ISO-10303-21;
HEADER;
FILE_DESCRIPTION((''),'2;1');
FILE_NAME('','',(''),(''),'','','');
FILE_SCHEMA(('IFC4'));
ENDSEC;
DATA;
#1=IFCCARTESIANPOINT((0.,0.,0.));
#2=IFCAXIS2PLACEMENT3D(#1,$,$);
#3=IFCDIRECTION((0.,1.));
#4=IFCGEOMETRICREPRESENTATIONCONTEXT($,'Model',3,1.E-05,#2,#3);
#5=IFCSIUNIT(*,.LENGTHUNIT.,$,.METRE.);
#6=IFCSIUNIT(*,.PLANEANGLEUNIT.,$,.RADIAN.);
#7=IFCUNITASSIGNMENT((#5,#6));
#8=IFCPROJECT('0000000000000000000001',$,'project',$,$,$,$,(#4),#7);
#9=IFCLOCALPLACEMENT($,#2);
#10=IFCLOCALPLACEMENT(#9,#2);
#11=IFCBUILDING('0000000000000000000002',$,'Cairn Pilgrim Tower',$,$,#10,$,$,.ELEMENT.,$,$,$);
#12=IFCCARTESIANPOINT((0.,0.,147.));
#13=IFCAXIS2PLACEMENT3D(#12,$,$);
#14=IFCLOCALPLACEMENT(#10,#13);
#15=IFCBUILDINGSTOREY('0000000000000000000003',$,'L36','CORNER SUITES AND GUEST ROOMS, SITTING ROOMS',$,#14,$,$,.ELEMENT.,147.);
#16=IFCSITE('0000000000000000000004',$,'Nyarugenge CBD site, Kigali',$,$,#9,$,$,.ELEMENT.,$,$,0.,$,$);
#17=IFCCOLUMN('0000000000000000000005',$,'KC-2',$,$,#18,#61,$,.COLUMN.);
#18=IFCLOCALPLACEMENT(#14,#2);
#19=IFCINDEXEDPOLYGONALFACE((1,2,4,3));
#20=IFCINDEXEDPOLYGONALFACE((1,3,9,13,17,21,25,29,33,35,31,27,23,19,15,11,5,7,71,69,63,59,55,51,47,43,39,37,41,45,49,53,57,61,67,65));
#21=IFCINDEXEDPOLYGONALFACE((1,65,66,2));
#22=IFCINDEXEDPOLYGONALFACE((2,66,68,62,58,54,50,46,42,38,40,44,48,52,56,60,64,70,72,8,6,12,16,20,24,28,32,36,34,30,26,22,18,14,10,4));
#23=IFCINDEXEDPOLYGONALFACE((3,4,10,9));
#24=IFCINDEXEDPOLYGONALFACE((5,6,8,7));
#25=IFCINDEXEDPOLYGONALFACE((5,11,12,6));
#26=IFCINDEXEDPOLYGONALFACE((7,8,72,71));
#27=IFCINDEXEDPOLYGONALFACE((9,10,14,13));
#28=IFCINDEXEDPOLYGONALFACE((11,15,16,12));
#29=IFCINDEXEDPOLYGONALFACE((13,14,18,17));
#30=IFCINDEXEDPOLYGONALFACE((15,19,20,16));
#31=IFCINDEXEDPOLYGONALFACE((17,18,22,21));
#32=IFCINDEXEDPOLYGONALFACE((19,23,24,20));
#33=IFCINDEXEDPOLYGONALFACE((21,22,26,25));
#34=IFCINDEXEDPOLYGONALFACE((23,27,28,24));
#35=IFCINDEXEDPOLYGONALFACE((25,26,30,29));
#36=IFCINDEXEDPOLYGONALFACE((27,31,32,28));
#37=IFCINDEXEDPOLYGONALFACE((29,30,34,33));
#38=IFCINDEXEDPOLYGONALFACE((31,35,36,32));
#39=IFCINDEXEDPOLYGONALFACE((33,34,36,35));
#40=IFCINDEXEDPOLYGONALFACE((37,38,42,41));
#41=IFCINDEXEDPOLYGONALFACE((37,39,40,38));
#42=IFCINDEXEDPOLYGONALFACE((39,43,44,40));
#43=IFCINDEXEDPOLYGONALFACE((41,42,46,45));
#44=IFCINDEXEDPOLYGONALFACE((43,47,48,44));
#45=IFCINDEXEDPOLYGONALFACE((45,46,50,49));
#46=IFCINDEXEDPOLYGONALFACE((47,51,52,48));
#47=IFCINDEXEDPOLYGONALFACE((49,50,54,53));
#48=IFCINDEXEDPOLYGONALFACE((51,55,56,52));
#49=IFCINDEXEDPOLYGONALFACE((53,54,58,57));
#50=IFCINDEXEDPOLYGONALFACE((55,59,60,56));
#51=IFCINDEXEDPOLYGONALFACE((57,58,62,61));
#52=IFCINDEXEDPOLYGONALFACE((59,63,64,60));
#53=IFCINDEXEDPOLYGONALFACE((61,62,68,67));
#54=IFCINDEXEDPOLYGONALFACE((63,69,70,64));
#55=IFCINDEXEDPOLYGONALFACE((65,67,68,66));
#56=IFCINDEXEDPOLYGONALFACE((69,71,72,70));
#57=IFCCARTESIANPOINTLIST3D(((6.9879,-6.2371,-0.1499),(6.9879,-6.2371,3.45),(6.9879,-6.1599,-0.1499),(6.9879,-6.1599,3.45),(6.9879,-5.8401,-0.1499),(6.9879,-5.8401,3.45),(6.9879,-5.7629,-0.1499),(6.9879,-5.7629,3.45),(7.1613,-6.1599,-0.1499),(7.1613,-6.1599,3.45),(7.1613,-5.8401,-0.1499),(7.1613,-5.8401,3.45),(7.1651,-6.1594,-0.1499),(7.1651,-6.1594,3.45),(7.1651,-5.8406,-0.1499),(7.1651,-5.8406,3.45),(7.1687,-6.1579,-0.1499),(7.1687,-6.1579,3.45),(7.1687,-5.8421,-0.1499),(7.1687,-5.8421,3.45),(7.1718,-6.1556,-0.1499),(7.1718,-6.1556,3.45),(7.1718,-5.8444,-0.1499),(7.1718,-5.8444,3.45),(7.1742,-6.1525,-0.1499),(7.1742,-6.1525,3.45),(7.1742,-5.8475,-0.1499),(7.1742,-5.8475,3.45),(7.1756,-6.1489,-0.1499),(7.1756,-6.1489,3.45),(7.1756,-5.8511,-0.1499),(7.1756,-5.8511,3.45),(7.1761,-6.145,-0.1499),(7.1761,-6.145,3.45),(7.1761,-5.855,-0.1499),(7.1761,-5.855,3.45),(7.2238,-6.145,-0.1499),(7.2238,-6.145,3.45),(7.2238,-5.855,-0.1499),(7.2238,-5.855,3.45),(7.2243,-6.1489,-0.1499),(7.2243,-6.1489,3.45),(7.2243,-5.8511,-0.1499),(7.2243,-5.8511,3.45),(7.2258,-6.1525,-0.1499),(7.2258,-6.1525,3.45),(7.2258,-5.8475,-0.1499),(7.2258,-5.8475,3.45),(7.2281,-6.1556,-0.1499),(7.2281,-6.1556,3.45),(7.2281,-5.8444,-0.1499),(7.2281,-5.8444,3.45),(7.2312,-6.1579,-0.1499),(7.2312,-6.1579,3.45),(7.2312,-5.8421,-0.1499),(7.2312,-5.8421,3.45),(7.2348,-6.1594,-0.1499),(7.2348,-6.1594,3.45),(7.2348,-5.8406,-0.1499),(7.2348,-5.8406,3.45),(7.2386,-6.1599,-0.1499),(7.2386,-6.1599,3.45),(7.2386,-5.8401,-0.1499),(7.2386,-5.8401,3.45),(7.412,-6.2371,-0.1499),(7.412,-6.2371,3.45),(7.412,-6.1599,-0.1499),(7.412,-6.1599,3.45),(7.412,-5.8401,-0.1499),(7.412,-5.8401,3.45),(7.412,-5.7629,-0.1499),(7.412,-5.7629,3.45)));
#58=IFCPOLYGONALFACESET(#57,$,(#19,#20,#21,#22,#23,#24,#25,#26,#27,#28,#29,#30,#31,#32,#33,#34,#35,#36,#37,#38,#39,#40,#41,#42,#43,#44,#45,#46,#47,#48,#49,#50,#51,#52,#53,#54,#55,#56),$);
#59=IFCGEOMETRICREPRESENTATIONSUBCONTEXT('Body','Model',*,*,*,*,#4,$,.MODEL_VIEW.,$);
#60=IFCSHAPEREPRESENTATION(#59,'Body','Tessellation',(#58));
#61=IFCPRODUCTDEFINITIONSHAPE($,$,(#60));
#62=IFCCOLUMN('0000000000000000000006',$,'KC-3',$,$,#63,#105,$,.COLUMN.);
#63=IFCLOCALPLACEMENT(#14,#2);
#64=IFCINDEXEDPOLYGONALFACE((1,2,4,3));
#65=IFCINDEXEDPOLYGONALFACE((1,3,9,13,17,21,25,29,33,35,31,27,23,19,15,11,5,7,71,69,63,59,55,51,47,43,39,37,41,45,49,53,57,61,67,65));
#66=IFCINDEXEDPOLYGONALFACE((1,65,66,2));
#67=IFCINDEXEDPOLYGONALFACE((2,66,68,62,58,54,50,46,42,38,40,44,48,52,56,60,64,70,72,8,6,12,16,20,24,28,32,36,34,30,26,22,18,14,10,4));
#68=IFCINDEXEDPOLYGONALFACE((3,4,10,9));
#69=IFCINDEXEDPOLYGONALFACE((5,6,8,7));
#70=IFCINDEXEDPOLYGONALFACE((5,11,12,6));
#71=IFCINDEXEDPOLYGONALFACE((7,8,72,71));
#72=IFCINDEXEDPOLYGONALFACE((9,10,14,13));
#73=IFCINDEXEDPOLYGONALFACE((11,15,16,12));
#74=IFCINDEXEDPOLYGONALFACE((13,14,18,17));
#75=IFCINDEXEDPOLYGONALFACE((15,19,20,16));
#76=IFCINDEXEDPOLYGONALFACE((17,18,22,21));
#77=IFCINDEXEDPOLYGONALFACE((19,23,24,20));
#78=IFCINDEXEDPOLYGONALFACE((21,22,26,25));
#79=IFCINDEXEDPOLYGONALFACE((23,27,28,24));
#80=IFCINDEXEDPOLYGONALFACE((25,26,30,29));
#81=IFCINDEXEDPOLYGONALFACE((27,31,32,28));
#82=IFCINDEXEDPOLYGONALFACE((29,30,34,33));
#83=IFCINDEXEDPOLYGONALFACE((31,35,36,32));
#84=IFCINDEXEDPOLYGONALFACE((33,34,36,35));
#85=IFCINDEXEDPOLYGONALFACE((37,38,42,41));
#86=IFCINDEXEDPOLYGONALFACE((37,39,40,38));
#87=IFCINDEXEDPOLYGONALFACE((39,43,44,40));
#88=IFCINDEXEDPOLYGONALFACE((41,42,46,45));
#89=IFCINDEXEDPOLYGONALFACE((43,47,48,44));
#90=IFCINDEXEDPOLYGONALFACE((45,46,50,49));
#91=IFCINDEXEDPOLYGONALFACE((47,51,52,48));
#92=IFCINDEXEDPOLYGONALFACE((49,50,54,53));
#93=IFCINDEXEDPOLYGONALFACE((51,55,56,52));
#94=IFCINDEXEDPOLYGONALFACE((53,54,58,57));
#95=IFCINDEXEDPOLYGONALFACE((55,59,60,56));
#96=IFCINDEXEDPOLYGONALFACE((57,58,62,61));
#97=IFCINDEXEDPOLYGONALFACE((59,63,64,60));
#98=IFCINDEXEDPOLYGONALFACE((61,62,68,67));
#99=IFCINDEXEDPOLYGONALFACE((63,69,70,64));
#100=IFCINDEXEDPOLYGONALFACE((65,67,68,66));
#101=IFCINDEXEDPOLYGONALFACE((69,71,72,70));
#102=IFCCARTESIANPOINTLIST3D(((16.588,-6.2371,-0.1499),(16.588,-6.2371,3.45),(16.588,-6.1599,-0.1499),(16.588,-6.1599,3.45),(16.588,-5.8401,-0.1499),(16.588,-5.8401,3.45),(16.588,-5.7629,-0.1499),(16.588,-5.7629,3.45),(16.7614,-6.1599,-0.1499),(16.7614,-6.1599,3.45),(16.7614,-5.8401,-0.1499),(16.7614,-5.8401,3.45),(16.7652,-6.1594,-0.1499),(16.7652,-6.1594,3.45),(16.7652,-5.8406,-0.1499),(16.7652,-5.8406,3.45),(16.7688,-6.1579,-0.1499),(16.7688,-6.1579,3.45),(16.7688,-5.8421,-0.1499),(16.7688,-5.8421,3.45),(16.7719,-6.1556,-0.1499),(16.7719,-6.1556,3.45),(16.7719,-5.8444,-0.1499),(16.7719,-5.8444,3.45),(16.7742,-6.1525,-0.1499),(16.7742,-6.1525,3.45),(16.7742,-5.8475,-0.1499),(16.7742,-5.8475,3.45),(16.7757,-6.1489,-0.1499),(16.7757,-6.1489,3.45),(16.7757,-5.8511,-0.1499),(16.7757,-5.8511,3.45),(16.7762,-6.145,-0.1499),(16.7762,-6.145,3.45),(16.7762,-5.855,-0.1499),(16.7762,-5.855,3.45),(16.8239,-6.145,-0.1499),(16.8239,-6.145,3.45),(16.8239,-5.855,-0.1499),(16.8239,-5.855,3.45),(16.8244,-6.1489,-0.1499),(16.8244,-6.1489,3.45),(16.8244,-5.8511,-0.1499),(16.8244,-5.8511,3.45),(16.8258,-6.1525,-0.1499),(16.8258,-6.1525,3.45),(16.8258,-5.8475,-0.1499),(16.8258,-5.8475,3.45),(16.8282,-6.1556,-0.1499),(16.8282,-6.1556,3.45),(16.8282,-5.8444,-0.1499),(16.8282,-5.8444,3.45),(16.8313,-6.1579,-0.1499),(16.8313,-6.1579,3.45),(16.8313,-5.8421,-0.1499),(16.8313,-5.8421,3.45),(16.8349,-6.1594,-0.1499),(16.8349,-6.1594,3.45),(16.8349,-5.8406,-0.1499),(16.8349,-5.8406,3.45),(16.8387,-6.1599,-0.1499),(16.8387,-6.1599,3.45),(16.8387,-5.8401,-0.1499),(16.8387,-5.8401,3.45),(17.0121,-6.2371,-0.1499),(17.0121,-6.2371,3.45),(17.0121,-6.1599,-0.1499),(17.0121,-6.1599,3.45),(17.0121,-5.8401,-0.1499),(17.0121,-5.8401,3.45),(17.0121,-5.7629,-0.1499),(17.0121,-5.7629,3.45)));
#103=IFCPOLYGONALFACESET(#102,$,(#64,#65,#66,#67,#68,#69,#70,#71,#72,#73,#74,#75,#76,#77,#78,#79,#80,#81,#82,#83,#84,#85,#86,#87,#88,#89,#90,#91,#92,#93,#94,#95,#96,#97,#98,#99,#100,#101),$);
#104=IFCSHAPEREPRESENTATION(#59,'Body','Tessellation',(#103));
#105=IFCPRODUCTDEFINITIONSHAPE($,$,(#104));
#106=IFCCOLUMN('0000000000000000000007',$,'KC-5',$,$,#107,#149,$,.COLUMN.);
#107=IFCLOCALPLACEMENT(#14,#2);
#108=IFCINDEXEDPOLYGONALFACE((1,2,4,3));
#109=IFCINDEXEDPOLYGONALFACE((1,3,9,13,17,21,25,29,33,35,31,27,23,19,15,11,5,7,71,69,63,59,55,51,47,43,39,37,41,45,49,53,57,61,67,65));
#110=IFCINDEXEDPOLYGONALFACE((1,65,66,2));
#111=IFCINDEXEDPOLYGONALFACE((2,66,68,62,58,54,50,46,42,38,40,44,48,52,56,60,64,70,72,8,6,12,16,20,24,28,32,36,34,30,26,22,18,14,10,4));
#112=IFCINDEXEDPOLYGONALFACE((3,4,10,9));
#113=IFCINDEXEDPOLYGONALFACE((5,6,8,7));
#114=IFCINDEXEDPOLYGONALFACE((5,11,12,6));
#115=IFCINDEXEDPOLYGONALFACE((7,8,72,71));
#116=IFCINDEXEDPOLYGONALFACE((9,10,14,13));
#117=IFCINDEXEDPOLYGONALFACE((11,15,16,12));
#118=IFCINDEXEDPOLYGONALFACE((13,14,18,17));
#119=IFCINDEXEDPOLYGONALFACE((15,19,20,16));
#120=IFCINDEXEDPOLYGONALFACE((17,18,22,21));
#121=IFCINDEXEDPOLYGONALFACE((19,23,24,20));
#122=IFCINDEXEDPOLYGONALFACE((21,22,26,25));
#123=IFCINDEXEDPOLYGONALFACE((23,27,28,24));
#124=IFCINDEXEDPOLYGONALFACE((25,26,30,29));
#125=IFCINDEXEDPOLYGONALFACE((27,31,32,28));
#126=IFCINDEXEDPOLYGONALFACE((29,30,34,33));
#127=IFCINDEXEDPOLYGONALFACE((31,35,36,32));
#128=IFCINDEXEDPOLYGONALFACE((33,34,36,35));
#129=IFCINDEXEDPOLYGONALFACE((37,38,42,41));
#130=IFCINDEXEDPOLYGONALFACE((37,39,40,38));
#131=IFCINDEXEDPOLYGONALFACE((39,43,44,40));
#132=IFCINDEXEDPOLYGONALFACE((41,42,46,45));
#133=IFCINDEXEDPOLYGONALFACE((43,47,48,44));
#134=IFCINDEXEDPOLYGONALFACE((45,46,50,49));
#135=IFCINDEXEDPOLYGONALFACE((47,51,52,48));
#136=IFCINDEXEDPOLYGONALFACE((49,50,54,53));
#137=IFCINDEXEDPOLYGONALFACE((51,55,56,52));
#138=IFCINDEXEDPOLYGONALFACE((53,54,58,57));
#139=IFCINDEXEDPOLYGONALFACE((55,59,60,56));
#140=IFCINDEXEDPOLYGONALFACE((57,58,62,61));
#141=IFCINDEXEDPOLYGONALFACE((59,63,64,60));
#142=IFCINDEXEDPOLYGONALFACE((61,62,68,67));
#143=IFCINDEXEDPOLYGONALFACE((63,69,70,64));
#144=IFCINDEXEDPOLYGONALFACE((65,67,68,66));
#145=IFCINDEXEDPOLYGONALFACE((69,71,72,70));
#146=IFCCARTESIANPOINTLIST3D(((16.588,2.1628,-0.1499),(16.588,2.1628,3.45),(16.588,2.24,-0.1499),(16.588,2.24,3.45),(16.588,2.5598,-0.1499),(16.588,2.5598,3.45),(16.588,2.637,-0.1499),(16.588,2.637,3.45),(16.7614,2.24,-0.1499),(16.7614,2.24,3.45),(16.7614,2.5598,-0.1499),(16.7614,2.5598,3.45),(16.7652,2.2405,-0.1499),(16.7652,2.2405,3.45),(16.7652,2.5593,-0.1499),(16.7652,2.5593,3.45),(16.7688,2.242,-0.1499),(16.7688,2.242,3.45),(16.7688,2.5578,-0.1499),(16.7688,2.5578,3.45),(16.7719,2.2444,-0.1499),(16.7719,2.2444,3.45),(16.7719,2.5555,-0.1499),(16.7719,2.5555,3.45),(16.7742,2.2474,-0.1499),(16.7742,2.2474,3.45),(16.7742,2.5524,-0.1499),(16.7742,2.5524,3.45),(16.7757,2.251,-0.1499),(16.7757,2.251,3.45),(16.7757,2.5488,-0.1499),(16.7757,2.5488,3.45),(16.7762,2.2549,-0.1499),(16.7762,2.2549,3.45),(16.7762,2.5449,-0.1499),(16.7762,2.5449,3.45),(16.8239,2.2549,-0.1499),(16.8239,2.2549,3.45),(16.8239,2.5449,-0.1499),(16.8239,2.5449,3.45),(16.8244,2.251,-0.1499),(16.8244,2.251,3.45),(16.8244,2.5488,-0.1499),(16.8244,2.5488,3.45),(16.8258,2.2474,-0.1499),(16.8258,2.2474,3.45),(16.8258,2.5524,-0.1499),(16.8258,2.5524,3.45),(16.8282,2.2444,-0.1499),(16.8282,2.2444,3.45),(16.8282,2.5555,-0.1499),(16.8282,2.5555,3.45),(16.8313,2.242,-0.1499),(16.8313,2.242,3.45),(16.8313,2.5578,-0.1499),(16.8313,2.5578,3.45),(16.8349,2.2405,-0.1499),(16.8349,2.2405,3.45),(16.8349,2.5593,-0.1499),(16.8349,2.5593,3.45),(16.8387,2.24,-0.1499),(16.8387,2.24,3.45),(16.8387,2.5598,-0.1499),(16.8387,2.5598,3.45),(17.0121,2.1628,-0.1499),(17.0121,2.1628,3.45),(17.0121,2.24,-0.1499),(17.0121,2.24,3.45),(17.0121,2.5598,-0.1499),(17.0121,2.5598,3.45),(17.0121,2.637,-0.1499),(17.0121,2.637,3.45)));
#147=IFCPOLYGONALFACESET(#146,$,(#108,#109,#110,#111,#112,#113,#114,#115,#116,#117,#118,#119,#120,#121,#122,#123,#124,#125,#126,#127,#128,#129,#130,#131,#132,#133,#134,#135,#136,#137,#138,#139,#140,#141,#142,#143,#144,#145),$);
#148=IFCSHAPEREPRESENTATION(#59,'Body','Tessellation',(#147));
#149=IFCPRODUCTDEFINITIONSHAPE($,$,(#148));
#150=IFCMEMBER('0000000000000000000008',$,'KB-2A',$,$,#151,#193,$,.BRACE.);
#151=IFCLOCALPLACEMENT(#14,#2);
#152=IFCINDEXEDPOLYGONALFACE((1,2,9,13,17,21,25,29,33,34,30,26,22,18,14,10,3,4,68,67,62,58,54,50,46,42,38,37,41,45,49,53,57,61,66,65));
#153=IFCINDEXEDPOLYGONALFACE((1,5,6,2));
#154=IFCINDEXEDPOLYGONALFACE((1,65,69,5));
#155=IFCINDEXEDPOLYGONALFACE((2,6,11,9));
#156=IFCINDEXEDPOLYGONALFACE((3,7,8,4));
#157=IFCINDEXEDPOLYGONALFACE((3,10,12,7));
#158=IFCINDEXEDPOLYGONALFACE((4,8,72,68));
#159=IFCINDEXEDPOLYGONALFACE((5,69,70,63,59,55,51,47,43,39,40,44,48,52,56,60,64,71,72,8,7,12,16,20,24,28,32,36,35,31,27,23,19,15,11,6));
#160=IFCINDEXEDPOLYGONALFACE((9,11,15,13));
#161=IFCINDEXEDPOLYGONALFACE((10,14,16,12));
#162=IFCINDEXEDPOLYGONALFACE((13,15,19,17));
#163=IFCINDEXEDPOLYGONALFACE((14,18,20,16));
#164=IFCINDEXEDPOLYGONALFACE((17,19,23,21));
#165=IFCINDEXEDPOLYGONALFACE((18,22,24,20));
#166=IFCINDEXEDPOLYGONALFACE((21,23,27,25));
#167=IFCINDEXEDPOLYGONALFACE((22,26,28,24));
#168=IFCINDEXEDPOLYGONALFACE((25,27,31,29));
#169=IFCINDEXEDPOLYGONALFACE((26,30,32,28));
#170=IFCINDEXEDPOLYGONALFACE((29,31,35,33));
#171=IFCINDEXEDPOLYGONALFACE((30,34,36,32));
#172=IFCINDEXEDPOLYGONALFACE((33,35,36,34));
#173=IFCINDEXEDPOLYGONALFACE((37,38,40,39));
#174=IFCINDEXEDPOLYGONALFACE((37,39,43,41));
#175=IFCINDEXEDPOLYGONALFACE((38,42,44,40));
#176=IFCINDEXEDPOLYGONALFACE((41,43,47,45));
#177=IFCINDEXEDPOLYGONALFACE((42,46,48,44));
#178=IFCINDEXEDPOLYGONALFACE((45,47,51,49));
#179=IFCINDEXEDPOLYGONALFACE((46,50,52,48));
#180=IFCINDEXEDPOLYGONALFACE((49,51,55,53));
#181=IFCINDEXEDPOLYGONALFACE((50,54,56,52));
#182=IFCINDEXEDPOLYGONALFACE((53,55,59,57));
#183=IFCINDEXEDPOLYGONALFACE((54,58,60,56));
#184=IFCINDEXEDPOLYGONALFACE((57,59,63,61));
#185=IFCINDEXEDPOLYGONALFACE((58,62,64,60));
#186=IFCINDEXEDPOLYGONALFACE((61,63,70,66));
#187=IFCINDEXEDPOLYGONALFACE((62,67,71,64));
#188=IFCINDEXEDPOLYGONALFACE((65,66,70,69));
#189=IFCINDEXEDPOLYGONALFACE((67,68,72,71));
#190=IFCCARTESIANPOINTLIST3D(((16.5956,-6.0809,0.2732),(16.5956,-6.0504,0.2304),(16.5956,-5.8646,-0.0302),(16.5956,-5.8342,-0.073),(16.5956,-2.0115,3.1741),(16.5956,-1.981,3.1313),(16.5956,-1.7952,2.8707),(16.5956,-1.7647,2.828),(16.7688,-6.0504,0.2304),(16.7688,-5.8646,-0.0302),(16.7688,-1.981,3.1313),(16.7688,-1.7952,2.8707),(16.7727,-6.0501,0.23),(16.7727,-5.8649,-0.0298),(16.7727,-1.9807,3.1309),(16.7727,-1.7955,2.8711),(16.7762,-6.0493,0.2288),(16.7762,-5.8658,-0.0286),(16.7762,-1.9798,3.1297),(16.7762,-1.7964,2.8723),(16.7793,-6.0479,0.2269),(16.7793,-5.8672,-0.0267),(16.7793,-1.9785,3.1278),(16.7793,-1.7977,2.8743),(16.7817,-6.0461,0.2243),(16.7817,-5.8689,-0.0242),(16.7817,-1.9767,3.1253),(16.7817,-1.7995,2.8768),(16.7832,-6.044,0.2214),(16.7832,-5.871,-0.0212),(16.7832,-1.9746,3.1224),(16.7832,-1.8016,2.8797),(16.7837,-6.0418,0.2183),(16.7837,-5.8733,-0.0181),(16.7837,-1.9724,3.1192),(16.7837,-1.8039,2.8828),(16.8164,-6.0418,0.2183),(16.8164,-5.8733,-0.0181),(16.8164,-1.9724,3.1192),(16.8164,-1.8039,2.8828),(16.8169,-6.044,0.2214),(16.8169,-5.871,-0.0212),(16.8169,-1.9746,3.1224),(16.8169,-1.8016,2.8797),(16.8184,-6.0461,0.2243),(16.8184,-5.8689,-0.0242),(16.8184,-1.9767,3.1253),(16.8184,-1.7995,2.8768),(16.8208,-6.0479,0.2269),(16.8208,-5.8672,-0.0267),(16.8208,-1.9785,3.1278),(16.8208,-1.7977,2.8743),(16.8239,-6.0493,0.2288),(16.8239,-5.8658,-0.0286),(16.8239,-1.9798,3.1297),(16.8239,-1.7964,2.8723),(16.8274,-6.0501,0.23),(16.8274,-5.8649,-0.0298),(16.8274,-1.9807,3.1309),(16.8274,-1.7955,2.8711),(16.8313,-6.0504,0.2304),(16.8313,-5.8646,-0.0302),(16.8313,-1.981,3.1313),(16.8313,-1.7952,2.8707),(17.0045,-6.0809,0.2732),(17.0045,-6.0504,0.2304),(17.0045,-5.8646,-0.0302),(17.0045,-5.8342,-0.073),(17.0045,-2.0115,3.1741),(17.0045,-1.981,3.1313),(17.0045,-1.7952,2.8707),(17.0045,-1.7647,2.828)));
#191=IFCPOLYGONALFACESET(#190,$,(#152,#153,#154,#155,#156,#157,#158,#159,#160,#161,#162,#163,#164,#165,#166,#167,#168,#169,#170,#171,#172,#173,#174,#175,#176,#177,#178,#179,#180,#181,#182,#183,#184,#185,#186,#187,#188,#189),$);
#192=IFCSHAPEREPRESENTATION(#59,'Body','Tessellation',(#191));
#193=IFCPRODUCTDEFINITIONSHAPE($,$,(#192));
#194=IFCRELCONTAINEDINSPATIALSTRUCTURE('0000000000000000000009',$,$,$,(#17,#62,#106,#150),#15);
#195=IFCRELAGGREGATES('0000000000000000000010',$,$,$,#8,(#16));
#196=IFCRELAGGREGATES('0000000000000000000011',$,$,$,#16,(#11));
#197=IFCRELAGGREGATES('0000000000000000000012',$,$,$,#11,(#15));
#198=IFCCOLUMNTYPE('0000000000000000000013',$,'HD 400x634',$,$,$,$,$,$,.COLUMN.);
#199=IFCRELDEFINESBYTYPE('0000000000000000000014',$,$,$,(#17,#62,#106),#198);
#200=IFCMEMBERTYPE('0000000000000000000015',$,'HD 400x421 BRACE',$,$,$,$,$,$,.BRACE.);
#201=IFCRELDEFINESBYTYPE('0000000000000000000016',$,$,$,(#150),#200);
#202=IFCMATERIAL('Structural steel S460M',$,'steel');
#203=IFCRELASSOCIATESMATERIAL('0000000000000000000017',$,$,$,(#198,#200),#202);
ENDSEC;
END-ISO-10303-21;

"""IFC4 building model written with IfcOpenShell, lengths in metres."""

from ifc_helpers import new_model, si_unit, direction, frame, origin, origin_2d, place, context, subcontext, project, spatial, i_section, extrude, material, material_profile, profile_set, type_object, element, save


model = new_model("IFC4")

# Units and contexts
model_context = context("Model", 3, precision=1e-05, world=origin(), true_north=direction((0.0, 1.0)))
body_context = subcontext(model_context, "Body", "Model", "MODEL_VIEW")
ifc_project = project(units=[si_unit("LENGTHUNIT", "METRE"), si_unit("PLANEANGLEUNIT", "RADIAN")], contexts=[model_context])

# Site, building, storey
site_placement = place(None, origin())
site = spatial("IfcSite", under=ifc_project, at=site_placement, Name="Nyarugenge CBD site, Kigali", CompositionType="ELEMENT", RefElevation=0.0)
building_placement = place(site_placement, origin())
building = spatial("IfcBuilding", under=site, at=building_placement, Name="Cairn Pilgrim Tower", CompositionType="ELEMENT")
storey_placement = place(building_placement, frame((0.0, 0.0, 147.0)))
storey = spatial("IfcBuildingStorey", under=building, at=storey_placement, Name="L36", Description="CORNER SUITES AND GUEST ROOMS, SITTING ROOMS", CompositionType="ELEMENT", Elevation=147.0)

# Columns
ifc_material_1 = material(Name="Structural steel S460M", Category="steel")
ifc_material_profile_1 = material_profile(ifc_material_1, i_section(OverallWidth=0.4241, OverallDepth=0.4741, WebThickness=0.0476, FlangeThickness=0.0771, FilletRadius=0.0149, at=origin_2d()), Name="HD 400x634")
ifc_profile_set_1 = profile_set([ifc_material_profile_1], Name="Structural steel S460M")
column_type = type_object("IfcColumnType", Name="HD 400x634", PredefinedType="COLUMN", material=ifc_profile_set_1)
for number, where, z_axis, x_axis, name in (
    (1, (7.2, -6.0, -0.1499), (0.0, 0.0, 1.0), (1.0, 0.0, 0.0), "KC-2"),
    (2, (16.8, -6.0, -0.1499), (0.0, 0.0, 1.0), (1.0, 0.0, 0.0), "KC-3"),
    (3, (16.8, 2.3999, -0.1499), (0.0, 0.0, 1.0), (1.0, 0.0, 0.0), "KC-5"),
):
    element("IfcColumn", number, at=place(storey_placement, frame(where, z_axis=z_axis, x_axis=x_axis)), inside=storey, type_object=column_type, Name=name, PredefinedType="COLUMN", context=body_context, shape_type="SweptSolid", body=[
        extrude(i_section(OverallWidth=0.4241, OverallDepth=0.4741, WebThickness=0.0476, FlangeThickness=0.0771, FilletRadius=0.0149, at=origin_2d()), origin(), (0.0, 0.0, 1.0), 3.5999),
    ])

# Member
ifc_material_profile_2 = material_profile(ifc_material_1, i_section(OverallWidth=0.4089, OverallDepth=0.425, WebThickness=0.0327, FlangeThickness=0.0525, FilletRadius=0.0149, at=origin_2d()), Name="HD 400x421")
ifc_profile_set_2 = profile_set([ifc_material_profile_2], Name="Structural steel S460M")
member_type = type_object("IfcMemberType", Name="HD 400x421 BRACE", PredefinedType="BRACE", material=ifc_profile_set_2)
for number, where, z_axis, x_axis, name in (
    (4, (16.8, -5.9575, 0.1001), (0.0, 0.814281, 0.580471), (-1.0, 0.0, 0.0), "KB-2A"),
):
    element("IfcMember", number, at=place(storey_placement, frame(where, z_axis=z_axis, x_axis=x_axis)), inside=storey, type_object=member_type, Name=name, PredefinedType="BRACE", context=body_context, shape_type="SweptSolid", body=[
        extrude(i_section(OverallWidth=0.4089, OverallDepth=0.425, WebThickness=0.0327, FlangeThickness=0.0525, FilletRadius=0.0149, at=origin_2d()), origin(), (0.0, 0.0, 1.0), 4.9976),
    ])

save(model, "model.ifc")
